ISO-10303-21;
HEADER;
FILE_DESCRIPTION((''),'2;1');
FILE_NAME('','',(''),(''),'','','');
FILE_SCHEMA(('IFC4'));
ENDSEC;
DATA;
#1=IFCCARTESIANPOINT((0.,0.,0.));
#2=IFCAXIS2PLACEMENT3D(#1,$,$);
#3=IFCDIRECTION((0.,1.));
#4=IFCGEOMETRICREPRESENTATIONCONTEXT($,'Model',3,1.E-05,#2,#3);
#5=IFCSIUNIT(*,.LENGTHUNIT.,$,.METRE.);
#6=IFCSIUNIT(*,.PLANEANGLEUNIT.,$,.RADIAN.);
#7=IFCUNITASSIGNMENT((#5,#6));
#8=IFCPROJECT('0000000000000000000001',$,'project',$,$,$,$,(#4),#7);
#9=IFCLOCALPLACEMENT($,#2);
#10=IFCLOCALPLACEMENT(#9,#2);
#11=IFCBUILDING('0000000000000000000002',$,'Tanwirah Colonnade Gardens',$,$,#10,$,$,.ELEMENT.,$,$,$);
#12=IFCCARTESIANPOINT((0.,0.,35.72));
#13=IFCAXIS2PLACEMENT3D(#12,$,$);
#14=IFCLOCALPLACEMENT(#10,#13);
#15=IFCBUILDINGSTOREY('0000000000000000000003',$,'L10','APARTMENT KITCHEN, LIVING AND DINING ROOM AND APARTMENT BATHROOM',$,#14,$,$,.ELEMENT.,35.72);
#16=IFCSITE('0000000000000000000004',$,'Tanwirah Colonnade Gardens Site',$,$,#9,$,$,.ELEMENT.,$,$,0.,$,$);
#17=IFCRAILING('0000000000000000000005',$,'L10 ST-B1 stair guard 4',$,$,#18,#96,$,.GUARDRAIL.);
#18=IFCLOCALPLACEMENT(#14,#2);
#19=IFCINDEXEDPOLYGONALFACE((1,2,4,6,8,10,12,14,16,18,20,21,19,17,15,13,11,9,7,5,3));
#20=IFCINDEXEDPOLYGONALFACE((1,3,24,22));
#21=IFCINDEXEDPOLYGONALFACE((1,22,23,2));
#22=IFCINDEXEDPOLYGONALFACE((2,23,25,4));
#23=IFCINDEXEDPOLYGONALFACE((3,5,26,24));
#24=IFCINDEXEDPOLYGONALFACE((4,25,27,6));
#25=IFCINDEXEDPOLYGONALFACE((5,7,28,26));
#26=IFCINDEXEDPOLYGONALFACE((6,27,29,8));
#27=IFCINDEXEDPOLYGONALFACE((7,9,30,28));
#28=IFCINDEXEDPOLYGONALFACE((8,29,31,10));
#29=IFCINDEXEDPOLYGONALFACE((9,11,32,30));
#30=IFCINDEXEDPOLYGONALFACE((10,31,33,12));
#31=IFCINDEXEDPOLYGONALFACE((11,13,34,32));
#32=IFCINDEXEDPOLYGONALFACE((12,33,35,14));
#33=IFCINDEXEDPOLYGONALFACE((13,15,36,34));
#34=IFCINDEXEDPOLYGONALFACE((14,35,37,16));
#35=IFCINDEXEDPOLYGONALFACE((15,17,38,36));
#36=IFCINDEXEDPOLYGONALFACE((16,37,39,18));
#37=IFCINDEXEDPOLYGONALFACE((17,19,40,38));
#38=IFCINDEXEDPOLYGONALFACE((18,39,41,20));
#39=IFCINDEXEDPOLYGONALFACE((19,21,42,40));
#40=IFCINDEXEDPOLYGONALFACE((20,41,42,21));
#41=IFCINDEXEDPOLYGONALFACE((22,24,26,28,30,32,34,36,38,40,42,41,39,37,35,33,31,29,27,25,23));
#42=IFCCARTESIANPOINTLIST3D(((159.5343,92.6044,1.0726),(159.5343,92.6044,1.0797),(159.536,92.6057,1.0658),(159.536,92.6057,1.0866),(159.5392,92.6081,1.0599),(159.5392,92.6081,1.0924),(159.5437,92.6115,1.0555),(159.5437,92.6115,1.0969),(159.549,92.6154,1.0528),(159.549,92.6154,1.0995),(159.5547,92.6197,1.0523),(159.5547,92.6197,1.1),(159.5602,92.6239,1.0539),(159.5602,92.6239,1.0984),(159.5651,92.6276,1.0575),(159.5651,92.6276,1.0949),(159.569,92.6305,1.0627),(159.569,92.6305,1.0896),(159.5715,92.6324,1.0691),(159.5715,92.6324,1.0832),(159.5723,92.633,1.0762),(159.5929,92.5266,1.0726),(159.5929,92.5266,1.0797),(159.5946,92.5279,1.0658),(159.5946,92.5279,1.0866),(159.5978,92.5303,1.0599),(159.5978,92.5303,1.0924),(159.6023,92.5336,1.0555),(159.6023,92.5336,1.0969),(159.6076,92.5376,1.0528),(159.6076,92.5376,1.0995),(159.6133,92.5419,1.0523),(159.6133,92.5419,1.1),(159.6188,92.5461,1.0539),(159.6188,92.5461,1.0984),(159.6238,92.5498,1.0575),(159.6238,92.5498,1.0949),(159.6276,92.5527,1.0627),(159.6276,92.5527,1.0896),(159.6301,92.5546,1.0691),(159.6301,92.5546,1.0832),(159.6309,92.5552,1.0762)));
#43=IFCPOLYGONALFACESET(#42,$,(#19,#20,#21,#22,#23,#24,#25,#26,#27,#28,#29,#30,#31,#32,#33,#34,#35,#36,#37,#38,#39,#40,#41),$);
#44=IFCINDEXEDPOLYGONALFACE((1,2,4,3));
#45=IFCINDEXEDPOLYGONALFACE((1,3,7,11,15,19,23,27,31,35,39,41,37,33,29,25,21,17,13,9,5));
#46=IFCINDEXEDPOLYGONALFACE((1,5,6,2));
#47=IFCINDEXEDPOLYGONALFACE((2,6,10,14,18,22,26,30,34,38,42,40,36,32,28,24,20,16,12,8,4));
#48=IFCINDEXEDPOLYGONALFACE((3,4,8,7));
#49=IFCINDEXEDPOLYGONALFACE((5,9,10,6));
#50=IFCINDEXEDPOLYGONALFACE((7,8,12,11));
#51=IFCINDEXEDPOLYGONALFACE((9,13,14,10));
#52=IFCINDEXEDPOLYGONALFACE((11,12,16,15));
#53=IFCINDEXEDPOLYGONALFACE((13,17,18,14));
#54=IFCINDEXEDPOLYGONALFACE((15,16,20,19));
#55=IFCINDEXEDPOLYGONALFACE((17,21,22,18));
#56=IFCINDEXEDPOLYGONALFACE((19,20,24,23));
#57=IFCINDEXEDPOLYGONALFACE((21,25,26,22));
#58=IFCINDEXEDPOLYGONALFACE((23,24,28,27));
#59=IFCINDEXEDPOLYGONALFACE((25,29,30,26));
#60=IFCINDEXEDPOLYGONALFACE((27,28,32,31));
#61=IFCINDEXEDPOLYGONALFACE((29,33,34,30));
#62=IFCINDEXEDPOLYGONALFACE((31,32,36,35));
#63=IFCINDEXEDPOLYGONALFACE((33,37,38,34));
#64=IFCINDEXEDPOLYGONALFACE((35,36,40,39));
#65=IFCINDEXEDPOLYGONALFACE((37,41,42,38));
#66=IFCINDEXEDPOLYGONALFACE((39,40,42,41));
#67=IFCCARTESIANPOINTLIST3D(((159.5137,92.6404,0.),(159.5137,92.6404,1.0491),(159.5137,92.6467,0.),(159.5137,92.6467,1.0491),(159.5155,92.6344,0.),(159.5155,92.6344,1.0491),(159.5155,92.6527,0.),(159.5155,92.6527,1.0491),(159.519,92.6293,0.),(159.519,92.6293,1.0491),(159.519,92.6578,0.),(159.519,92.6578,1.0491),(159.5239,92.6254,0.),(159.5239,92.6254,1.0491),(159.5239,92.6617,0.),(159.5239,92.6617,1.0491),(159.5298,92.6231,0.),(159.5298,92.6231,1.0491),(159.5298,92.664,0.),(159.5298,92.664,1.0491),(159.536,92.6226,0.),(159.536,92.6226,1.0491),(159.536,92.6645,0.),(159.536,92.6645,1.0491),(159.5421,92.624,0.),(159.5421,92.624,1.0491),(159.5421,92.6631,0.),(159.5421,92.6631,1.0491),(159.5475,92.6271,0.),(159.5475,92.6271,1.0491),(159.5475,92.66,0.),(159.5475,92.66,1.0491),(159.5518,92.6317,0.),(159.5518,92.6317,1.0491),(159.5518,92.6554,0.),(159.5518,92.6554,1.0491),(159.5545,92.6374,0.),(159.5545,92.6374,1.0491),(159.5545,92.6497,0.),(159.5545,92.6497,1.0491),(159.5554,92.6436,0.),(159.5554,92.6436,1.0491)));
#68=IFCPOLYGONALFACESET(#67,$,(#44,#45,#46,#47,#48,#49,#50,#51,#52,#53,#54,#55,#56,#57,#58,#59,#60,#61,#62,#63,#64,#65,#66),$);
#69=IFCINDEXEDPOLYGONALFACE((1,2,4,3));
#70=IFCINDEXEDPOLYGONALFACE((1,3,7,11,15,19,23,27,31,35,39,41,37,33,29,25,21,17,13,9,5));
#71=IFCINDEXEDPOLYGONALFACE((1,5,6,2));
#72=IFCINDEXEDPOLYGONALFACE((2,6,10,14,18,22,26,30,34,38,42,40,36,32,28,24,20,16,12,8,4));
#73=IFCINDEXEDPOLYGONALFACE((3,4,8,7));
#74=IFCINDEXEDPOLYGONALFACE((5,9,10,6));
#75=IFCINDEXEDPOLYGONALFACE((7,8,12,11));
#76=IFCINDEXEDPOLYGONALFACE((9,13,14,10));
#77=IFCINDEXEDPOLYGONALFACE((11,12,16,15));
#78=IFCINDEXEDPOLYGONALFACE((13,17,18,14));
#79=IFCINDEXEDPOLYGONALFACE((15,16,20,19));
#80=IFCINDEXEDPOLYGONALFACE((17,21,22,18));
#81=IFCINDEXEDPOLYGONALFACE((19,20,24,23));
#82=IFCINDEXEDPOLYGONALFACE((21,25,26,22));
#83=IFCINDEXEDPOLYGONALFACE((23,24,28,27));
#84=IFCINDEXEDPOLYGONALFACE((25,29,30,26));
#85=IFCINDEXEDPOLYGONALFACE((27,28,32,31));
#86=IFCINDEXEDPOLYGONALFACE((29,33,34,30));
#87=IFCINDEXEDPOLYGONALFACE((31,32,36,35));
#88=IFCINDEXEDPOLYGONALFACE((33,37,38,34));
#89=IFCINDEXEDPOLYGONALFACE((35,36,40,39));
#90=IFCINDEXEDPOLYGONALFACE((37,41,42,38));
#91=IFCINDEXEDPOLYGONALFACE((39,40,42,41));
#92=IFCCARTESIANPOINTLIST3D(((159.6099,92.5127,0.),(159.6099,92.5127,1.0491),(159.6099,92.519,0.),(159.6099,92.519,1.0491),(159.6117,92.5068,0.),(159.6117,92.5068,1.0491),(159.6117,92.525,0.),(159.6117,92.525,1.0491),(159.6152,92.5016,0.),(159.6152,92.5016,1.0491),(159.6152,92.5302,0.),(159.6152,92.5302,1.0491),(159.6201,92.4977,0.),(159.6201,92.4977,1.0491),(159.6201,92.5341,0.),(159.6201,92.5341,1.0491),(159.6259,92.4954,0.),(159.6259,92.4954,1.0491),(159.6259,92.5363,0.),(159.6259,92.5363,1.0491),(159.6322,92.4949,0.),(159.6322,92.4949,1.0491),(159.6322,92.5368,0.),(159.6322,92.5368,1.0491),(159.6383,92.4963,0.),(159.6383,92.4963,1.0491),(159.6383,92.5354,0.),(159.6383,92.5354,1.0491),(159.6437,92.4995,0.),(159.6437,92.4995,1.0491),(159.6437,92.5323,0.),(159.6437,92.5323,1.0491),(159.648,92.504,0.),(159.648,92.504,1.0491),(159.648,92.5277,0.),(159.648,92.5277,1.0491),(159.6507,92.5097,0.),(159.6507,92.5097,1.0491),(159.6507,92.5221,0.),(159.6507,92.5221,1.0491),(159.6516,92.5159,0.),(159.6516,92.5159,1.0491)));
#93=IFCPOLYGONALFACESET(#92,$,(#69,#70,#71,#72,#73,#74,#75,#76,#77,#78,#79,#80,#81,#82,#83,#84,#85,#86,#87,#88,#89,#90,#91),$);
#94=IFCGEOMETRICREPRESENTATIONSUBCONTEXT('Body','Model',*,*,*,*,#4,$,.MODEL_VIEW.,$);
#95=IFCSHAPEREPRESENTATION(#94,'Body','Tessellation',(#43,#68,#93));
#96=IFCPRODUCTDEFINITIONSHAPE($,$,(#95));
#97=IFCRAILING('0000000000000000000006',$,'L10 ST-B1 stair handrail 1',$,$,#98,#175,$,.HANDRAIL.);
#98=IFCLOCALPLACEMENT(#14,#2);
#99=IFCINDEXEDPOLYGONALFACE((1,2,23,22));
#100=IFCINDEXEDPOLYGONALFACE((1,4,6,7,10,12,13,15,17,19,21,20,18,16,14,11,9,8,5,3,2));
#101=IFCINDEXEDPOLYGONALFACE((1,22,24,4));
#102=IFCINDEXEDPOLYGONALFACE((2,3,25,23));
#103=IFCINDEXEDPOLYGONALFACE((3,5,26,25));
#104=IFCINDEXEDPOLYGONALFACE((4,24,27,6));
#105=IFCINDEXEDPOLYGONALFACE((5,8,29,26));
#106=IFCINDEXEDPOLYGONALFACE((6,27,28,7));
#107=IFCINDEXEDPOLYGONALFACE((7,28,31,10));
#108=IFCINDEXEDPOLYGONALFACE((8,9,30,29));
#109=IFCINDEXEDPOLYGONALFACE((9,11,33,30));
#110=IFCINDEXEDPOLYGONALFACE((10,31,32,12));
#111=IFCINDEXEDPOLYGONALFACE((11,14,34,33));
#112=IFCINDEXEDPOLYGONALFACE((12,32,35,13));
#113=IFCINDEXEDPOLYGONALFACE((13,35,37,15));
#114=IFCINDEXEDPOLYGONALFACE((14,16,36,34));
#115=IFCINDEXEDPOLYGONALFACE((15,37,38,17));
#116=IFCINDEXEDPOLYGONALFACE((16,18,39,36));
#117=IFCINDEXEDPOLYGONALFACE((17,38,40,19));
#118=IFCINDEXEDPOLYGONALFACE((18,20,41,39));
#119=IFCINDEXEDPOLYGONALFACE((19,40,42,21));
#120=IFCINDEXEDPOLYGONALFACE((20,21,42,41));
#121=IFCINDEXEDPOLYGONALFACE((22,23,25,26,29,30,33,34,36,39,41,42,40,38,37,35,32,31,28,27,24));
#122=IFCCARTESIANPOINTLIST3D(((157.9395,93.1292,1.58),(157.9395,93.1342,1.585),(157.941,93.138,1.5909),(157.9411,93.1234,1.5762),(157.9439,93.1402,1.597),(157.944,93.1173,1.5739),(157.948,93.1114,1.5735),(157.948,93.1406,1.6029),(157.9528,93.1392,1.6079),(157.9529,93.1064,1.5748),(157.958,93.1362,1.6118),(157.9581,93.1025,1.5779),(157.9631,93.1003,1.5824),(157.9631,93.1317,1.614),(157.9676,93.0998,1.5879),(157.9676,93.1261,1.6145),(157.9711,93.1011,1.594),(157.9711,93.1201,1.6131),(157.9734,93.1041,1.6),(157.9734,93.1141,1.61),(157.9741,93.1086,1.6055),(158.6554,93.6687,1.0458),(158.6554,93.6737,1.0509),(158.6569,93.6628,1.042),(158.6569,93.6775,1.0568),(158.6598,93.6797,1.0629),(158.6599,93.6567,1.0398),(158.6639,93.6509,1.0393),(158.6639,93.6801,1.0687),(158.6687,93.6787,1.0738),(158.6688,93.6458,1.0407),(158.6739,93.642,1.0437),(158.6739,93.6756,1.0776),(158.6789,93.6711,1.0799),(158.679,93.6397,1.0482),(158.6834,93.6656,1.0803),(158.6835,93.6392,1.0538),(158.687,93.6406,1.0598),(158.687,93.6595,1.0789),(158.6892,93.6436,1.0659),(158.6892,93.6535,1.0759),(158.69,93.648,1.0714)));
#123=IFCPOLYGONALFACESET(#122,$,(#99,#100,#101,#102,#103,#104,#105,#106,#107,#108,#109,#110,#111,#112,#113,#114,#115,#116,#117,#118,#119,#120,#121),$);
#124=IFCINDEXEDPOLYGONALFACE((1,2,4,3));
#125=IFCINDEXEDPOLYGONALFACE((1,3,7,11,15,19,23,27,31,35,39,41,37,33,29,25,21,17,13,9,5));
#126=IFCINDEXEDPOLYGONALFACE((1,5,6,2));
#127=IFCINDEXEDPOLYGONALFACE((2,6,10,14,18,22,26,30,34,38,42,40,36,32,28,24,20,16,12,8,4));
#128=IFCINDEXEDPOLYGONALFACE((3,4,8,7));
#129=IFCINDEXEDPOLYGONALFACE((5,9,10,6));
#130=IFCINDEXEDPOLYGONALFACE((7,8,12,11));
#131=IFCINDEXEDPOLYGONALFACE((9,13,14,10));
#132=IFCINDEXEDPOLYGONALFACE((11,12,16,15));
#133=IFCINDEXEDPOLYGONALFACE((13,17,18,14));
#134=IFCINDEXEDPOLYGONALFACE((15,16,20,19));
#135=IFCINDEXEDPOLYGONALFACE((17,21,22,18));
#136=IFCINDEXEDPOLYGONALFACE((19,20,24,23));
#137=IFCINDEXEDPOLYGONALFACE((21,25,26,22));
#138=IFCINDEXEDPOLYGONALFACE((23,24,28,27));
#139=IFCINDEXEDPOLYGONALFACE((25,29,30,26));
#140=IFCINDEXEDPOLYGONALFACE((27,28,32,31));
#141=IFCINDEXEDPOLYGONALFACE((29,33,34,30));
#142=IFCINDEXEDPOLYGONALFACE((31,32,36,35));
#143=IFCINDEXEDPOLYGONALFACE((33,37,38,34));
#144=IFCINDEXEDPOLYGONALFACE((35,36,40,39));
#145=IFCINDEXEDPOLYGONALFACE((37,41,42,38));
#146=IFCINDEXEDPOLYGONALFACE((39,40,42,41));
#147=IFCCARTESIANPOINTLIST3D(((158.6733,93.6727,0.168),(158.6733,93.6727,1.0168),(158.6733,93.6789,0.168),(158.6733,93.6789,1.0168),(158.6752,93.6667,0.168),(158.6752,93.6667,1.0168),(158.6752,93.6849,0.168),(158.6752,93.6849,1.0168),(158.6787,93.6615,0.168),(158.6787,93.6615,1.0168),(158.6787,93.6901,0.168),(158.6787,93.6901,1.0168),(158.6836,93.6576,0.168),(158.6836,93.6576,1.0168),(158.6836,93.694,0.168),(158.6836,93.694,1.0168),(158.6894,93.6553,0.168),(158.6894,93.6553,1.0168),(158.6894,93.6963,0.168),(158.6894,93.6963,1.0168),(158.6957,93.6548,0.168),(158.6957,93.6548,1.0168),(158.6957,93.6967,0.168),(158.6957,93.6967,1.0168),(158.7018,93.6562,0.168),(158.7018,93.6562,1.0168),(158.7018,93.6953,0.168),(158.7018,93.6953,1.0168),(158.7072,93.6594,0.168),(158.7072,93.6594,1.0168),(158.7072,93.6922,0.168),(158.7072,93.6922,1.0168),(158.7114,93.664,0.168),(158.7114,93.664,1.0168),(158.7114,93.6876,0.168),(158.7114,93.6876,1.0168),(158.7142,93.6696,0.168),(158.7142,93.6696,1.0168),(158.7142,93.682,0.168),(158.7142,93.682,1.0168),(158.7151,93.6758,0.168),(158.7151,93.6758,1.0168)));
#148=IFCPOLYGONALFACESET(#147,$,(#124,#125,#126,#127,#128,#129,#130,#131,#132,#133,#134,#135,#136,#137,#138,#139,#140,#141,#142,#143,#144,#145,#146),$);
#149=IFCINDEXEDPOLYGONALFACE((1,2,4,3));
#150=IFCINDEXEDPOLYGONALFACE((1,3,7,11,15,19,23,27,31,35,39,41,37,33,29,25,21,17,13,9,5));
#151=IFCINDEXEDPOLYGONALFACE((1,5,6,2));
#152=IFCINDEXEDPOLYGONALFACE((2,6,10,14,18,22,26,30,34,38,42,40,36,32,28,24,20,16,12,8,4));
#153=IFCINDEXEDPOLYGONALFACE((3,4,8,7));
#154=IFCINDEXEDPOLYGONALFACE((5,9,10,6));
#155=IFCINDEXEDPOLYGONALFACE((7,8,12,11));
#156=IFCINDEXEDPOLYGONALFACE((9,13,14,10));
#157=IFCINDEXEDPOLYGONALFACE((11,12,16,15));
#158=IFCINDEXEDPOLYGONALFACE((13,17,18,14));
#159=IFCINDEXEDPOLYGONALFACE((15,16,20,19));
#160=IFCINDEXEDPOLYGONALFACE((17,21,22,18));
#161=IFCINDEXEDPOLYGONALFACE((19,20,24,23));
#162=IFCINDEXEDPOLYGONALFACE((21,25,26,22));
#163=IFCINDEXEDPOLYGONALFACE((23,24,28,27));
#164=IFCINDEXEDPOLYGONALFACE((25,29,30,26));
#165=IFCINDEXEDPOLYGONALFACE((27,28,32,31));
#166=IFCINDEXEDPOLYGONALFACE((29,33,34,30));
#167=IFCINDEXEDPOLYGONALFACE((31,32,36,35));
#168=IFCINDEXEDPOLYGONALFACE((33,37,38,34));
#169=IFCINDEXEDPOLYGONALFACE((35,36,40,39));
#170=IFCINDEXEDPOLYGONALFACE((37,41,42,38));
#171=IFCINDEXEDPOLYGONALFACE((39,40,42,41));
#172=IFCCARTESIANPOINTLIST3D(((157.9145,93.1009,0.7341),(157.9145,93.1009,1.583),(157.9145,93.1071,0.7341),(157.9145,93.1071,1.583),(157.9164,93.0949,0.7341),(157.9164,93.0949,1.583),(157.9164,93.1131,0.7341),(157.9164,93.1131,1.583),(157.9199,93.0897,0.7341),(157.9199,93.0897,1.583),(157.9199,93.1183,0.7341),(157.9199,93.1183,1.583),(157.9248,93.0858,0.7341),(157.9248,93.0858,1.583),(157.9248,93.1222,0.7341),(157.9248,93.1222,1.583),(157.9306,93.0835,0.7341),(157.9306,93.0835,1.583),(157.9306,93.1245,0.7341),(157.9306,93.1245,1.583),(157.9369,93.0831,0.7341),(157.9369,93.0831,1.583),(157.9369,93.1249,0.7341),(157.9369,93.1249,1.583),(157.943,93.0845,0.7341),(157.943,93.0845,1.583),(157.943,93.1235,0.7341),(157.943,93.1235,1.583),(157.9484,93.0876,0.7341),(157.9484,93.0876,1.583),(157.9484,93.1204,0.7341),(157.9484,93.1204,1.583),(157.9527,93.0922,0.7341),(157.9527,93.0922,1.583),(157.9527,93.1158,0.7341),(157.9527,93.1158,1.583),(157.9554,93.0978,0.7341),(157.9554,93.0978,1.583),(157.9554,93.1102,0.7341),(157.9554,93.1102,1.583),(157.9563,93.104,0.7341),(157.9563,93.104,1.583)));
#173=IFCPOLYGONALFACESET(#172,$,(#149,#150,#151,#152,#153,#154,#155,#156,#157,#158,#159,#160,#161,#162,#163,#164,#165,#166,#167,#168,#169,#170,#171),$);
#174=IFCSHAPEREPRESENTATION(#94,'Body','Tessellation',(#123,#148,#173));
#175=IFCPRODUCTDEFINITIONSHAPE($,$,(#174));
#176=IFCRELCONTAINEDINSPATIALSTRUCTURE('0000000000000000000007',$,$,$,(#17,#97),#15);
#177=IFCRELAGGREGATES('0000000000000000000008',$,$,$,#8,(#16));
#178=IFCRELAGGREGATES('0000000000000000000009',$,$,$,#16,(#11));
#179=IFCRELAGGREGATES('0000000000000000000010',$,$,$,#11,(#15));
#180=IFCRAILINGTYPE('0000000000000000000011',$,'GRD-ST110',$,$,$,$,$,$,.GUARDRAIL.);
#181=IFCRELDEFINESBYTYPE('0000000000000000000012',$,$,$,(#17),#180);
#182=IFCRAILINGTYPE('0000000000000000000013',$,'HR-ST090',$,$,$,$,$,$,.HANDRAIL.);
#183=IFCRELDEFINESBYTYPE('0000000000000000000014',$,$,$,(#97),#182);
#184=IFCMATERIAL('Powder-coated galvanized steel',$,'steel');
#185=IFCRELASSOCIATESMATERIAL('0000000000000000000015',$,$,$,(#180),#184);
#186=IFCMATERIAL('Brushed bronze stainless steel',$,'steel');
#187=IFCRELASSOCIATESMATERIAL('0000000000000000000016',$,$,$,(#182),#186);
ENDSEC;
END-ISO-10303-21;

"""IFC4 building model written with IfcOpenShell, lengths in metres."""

from ifc_helpers import new_model, si_unit, direction, frame, origin, origin_2d, place, context, subcontext, project, spatial, circle, extrude, material, type_object, element, save


model = new_model("IFC4")

# Units and contexts
model_context = context("Model", 3, precision=1e-05, world=origin(), true_north=direction((0.0, 1.0)))
body_context = subcontext(model_context, "Body", "Model", "MODEL_VIEW")
ifc_project = project(units=[si_unit("LENGTHUNIT", "METRE"), si_unit("PLANEANGLEUNIT", "RADIAN")], contexts=[model_context])

# Site, building, storey
site_placement = place(None, origin())
site = spatial("IfcSite", under=ifc_project, at=site_placement, Name="Tanwirah Colonnade Gardens Site", CompositionType="ELEMENT", RefElevation=0.0)
building_placement = place(site_placement, origin())
building = spatial("IfcBuilding", under=site, at=building_placement, Name="Tanwirah Colonnade Gardens", CompositionType="ELEMENT")
storey_placement = place(building_placement, frame((0.0, 0.0, 35.72)))
storey = spatial("IfcBuildingStorey", under=building, at=storey_placement, Name="L10", Description="APARTMENT KITCHEN, LIVING AND DINING ROOM AND APARTMENT BATHROOM", CompositionType="ELEMENT", Elevation=35.72)

# Railings
ifc_material_1 = material(Name="Powder-coated galvanized steel", Category="steel")
railing_type_1 = type_object("IfcRailingType", Name="GRD-ST110", PredefinedType="GUARDRAIL", material=ifc_material_1)
railing_1_placement = place(storey_placement, frame((159.5344, 92.6436, 0.0)))
element("IfcRailing", 1, at=railing_1_placement, inside=storey, type_object=railing_type_1, Name="L10 ST-B1 stair guard 4", PredefinedType="GUARDRAIL", context=body_context, shape_type="SweptSolid", body=[
    extrude(circle(Radius=0.0239, at=origin_2d()), frame((0.0188, -0.0249, 1.0762), z_axis=(0.601709, -0.798715, 0.0), x_axis=(0.798715, 0.601709, 0.0)), (0.0, 0.0, 1.0), 0.0974),
    extrude(circle(Radius=0.021, at=origin_2d()), origin(), (0.0, 0.0, 1.0), 1.0491),
    extrude(circle(Radius=0.021, at=origin_2d()), frame((0.0962, -0.1277, 0.0)), (0.0, 0.0, 1.0), 1.0491),
])
ifc_material_2 = material(Name="Brushed bronze stainless steel", Category="steel")
railing_type_2 = type_object("IfcRailingType", Name="HR-ST090", PredefinedType="HANDRAIL", material=ifc_material_2)
railing_2_placement = place(storey_placement, frame((158.6941, 93.6758, 0.168)))
element("IfcRailing", 2, at=railing_2_placement, inside=storey, type_object=railing_type_2, Name="L10 ST-B1 stair handrail 1", PredefinedType="HANDRAIL", context=body_context, shape_type="SweptSolid", body=[
    extrude(circle(Radius=0.0239, at=origin_2d()), frame((-0.0215, -0.0161, 0.8918), z_axis=(-0.686068, -0.516979, 0.511902), x_axis=(0.601807, -0.798641, 0.0)), (0.0, 0.0, 1.0), 1.0435),
    extrude(circle(Radius=0.021, at=origin_2d()), origin(), (0.0, 0.0, 1.0), 0.8489),
    extrude(circle(Radius=0.021, at=origin_2d()), frame((-0.7588, -0.5718, 0.5662)), (0.0, 0.0, 1.0), 0.8489),
])

save(model, "model.ifc")
